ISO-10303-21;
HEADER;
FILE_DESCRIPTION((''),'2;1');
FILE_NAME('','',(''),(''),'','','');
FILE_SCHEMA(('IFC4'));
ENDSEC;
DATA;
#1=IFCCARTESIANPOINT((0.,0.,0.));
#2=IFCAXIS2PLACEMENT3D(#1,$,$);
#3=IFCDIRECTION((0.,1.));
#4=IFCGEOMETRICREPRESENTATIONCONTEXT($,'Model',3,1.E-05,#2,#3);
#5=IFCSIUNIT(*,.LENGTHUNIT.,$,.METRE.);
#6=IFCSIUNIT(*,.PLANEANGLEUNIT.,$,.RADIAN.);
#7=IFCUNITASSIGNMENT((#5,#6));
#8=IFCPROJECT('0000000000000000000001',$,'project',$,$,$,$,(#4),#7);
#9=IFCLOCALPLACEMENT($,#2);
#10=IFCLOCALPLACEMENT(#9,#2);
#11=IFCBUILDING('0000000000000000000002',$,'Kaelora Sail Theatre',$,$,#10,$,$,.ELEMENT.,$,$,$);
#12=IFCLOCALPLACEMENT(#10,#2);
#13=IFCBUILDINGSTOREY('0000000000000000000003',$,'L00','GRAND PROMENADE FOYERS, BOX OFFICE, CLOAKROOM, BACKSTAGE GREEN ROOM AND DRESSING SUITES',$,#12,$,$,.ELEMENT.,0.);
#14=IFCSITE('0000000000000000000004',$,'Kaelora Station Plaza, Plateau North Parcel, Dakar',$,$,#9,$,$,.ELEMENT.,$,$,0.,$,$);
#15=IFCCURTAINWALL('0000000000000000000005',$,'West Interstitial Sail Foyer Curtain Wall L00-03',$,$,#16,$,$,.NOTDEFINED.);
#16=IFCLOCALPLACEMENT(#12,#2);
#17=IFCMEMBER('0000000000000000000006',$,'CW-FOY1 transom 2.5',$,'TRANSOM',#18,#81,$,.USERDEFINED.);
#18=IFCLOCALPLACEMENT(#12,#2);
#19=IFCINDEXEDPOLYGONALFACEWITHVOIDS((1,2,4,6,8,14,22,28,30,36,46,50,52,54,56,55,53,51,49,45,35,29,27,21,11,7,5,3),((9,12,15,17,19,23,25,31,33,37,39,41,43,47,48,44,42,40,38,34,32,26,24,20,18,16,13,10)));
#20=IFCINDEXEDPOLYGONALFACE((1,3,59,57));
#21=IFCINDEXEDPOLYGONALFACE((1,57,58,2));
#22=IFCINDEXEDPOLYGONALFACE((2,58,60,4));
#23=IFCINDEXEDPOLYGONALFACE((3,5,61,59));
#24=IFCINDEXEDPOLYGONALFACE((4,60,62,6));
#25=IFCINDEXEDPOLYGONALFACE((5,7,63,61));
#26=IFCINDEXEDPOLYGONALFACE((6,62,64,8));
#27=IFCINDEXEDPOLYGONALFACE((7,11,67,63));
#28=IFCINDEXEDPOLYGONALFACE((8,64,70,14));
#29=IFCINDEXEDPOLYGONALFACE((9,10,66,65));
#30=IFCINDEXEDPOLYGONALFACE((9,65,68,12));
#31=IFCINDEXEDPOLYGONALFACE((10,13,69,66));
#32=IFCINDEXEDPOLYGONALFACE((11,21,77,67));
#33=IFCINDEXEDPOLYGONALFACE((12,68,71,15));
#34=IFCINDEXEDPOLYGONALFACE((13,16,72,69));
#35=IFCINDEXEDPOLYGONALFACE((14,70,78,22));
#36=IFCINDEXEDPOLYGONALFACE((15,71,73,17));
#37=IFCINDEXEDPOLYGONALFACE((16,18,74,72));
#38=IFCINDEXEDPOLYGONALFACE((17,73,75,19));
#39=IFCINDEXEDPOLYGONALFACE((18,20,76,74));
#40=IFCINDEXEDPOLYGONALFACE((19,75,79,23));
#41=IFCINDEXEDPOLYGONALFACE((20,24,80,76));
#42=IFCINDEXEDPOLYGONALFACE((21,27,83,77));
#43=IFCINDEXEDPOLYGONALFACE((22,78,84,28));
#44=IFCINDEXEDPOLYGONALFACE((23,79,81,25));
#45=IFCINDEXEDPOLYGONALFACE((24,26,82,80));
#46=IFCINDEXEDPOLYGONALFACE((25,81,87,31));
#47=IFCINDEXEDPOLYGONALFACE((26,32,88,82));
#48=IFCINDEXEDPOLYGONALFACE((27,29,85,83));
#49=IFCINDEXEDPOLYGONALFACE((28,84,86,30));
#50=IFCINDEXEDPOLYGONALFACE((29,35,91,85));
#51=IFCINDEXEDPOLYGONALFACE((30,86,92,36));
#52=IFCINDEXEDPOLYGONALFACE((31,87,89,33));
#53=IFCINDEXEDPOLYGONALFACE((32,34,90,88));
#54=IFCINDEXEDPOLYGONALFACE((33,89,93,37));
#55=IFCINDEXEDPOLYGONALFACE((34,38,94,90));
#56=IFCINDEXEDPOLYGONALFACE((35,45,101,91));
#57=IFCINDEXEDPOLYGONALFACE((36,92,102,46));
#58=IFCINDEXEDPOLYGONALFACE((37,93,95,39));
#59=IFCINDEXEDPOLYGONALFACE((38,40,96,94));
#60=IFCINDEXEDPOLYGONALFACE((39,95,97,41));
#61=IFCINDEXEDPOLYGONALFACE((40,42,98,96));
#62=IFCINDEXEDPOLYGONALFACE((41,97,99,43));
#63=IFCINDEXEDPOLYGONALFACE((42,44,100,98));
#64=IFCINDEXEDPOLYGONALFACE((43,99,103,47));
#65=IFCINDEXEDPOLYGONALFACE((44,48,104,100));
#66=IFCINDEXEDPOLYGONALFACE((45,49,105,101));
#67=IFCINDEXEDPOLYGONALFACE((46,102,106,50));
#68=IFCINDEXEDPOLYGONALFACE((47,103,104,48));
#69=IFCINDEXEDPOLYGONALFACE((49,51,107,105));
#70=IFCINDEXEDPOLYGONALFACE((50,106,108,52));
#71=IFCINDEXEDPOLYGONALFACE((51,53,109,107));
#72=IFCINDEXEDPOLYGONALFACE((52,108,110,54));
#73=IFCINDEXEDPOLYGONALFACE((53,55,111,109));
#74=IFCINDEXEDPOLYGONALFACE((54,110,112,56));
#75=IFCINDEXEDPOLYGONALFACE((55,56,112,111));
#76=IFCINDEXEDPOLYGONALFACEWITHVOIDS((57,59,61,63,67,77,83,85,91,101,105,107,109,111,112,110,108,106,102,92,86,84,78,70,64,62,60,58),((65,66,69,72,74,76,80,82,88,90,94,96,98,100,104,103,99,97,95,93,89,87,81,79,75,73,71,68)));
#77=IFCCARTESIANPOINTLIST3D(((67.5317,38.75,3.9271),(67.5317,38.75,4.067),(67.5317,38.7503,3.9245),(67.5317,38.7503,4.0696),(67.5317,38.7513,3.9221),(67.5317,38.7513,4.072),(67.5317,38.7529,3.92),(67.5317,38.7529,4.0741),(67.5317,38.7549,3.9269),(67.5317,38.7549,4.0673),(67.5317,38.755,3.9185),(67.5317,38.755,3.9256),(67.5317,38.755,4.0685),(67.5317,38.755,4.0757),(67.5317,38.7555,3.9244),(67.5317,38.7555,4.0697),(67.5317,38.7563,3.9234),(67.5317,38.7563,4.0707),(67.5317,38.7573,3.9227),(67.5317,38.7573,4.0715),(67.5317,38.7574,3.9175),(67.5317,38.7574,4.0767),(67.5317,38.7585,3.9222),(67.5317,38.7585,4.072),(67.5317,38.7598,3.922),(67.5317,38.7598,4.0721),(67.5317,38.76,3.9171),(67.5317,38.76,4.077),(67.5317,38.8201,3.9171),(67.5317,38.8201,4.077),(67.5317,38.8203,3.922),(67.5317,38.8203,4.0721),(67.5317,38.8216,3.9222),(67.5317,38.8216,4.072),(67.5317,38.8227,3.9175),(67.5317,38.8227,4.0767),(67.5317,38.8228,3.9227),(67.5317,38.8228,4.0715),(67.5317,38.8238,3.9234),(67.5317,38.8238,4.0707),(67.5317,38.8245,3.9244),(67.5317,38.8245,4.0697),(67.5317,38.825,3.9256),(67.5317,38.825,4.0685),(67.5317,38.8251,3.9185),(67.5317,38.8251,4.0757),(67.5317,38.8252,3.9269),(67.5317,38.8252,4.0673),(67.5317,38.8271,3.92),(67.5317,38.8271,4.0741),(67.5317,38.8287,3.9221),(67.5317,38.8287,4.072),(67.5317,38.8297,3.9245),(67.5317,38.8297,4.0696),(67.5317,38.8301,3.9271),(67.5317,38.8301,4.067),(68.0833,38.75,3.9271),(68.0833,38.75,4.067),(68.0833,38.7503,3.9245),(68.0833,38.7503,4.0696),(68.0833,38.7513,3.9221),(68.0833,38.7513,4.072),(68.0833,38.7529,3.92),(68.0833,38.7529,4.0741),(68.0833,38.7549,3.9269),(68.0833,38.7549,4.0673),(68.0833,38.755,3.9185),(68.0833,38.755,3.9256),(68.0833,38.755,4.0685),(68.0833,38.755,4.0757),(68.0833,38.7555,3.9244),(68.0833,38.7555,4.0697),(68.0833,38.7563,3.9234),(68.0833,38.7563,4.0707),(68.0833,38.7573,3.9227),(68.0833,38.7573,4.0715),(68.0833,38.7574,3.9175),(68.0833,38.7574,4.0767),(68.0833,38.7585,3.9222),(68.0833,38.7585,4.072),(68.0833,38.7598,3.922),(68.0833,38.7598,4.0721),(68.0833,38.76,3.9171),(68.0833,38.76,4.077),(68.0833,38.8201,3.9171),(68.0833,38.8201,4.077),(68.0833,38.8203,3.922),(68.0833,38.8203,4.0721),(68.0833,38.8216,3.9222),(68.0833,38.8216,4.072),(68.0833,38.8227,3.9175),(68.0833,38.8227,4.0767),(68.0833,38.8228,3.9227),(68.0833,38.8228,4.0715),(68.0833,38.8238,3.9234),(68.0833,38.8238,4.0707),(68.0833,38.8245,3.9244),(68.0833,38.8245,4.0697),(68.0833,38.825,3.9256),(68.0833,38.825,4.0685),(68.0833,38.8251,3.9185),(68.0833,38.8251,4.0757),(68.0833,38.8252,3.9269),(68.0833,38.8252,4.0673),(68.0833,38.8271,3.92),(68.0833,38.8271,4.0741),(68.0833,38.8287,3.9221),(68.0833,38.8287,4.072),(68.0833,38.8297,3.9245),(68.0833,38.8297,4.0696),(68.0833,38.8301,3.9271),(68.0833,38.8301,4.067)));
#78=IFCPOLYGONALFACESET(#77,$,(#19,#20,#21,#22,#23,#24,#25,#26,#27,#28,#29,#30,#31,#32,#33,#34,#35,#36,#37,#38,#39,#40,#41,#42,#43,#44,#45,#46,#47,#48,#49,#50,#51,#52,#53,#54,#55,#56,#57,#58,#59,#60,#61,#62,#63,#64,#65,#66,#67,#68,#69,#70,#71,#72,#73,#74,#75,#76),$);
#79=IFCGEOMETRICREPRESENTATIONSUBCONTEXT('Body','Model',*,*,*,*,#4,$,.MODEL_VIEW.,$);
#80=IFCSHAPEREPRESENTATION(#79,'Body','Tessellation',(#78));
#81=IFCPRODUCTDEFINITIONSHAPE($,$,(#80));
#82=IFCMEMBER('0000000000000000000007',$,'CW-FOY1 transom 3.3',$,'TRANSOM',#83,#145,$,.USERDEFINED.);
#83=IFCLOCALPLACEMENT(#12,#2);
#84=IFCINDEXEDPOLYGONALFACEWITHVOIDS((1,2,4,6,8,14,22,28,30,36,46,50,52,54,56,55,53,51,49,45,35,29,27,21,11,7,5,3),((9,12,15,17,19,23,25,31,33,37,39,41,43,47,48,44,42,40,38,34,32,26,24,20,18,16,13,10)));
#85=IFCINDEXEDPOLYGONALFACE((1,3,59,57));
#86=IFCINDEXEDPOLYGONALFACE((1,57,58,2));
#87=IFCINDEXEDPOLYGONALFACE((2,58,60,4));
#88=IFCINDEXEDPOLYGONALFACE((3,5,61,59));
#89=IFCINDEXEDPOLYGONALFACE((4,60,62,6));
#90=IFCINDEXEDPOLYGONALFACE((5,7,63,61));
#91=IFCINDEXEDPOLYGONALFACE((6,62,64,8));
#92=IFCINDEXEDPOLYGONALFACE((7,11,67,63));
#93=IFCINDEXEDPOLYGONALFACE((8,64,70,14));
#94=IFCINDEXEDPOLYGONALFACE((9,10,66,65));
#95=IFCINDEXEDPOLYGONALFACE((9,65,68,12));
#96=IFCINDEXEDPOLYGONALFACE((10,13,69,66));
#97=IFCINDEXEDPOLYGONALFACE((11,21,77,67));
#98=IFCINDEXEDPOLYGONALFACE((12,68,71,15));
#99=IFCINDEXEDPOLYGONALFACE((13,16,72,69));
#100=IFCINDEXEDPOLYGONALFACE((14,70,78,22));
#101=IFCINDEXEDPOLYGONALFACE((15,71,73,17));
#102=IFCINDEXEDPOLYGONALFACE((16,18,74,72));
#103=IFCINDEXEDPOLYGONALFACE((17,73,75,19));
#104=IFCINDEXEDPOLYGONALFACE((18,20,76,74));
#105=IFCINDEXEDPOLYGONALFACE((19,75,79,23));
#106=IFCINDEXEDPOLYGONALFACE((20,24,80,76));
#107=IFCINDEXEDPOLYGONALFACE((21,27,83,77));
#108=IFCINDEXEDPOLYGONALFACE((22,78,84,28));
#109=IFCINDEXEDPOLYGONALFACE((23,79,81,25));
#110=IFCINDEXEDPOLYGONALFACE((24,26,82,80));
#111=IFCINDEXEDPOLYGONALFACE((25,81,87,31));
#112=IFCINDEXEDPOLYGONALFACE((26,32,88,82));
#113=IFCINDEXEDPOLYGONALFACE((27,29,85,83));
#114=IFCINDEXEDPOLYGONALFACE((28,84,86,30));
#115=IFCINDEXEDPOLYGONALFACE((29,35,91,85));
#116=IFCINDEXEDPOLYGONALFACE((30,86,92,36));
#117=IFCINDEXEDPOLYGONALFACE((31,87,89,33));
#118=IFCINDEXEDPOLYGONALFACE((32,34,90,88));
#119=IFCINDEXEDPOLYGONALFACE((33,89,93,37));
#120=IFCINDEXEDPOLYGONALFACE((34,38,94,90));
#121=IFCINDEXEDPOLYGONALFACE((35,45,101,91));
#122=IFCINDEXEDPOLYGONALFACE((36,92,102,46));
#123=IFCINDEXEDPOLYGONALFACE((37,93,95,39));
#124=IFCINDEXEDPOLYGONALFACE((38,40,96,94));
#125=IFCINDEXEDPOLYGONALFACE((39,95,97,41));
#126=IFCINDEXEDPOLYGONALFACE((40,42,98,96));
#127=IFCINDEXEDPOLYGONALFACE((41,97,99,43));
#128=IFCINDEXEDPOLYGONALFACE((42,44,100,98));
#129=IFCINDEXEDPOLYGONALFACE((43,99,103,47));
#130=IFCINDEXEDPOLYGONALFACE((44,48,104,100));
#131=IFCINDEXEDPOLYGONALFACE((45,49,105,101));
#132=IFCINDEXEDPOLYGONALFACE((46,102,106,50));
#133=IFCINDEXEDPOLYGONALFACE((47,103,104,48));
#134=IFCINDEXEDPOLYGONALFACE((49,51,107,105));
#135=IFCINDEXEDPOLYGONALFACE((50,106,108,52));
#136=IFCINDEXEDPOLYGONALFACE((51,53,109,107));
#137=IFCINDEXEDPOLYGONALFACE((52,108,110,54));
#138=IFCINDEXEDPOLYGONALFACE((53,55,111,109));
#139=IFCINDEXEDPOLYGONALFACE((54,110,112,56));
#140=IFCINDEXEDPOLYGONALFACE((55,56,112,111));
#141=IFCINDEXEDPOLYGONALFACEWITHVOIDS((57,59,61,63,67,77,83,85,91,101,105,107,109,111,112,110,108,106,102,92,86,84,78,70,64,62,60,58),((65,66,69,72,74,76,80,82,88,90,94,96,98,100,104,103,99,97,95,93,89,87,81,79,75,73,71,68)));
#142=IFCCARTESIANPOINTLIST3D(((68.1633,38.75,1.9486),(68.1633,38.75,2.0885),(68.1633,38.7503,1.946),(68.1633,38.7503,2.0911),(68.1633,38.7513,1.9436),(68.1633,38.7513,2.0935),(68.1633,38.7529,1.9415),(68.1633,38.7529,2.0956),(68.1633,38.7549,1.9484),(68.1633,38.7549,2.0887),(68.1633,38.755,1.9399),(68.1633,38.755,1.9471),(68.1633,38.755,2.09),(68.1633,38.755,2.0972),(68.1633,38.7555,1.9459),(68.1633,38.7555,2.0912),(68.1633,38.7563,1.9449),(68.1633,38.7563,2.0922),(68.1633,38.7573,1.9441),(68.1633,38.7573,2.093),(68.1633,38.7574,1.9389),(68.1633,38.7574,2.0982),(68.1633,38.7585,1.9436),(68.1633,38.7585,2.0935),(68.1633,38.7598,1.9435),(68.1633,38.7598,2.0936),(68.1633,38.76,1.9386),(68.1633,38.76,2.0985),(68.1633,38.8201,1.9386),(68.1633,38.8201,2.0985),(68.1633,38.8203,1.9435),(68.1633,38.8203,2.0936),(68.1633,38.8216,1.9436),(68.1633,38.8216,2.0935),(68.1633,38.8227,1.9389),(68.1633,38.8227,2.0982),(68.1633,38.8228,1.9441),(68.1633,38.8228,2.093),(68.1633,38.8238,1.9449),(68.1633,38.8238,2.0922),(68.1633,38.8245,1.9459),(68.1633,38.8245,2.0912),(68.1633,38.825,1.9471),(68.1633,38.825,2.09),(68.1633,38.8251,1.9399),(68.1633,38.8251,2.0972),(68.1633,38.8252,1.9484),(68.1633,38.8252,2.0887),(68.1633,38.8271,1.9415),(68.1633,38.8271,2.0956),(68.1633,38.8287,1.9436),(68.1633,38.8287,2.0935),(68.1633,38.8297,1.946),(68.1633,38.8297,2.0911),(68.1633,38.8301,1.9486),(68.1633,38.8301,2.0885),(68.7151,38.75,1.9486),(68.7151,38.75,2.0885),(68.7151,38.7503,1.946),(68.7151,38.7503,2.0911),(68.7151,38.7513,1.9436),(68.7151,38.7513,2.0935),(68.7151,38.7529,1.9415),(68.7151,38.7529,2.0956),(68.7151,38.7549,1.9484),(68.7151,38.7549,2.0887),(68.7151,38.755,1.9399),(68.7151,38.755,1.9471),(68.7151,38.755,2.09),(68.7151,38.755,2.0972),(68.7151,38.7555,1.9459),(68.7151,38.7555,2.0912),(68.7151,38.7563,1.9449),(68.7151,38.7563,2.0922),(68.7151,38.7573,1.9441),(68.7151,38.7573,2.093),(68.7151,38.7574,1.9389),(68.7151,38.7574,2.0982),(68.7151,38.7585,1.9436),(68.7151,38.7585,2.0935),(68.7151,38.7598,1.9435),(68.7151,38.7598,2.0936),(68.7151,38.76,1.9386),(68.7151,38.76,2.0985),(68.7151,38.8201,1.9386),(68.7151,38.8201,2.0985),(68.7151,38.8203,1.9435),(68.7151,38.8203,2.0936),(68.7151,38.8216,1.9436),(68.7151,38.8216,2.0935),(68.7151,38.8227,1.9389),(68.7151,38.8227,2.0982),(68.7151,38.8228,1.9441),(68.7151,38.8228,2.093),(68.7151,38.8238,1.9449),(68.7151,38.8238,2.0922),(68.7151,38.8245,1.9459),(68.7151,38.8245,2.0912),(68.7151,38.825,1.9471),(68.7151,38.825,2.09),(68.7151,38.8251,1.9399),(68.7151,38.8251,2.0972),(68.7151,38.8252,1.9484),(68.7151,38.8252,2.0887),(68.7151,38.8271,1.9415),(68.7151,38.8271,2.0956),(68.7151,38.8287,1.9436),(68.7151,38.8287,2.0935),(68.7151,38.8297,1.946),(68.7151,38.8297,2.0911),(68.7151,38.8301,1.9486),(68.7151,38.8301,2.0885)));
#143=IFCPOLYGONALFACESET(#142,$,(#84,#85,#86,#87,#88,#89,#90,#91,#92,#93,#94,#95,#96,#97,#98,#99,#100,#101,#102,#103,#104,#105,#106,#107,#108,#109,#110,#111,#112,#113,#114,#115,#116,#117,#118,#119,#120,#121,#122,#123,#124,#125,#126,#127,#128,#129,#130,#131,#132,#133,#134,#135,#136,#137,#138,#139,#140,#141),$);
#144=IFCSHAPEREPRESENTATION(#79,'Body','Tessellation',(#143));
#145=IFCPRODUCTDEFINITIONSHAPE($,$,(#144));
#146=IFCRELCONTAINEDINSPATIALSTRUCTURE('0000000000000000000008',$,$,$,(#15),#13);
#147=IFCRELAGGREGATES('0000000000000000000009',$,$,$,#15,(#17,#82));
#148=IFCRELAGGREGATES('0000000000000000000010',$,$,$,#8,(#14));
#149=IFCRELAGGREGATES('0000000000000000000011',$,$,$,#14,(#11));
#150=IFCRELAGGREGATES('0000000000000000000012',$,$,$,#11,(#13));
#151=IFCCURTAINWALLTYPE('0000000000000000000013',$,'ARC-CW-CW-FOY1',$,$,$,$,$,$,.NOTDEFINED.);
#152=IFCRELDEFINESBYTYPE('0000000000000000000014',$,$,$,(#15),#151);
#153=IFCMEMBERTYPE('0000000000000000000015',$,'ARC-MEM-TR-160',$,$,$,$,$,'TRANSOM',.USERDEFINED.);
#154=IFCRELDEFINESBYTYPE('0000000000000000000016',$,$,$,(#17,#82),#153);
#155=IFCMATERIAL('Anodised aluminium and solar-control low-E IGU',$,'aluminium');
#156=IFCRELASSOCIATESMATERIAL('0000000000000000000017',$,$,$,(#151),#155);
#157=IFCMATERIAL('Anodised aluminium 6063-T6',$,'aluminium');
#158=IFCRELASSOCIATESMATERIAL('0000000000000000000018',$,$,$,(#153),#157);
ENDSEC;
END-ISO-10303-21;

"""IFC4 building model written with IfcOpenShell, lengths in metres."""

from ifc_helpers import new_model, si_unit, direction, frame, origin, origin_2d, place, context, subcontext, project, spatial, hollow_rectangle, extrude, material, material_profile, profile_set, type_object, element, aggregate, save


model = new_model("IFC4")

# Units and contexts
model_context = context("Model", 3, precision=1e-05, world=origin(), true_north=direction((0.0, 1.0)))
body_context = subcontext(model_context, "Body", "Model", "MODEL_VIEW")
ifc_project = project(units=[si_unit("LENGTHUNIT", "METRE"), si_unit("PLANEANGLEUNIT", "RADIAN")], contexts=[model_context])

# Site, building, storey
site_placement = place(None, origin())
site = spatial("IfcSite", under=ifc_project, at=site_placement, Name="Kaelora Station Plaza, Plateau North Parcel, Dakar", CompositionType="ELEMENT", RefElevation=0.0)
building_placement = place(site_placement, origin())
building = spatial("IfcBuilding", under=site, at=building_placement, Name="Kaelora Sail Theatre", CompositionType="ELEMENT")
storey_placement = place(building_placement, origin())
storey = spatial("IfcBuildingStorey", under=building, at=storey_placement, Name="L00", Description="GRAND PROMENADE FOYERS, BOX OFFICE, CLOAKROOM, BACKSTAGE GREEN ROOM AND DRESSING SUITES", CompositionType="ELEMENT", Elevation=0.0)

# Curtain wall, members
ifc_material_1 = material(Name="Anodised aluminium and solar-control low-E IGU", Category="aluminium")
curtain_wall_type = type_object("IfcCurtainWallType", Name="ARC-CW-CW-FOY1", PredefinedType="NOTDEFINED", material=ifc_material_1)
ifc_material_2 = material(Name="Anodised aluminium 6063-T6", Category="aluminium")
ifc_material_profile = material_profile(ifc_material_2, hollow_rectangle(XDim=0.0801, YDim=0.1599, WallThickness=0.0049, InnerFilletRadius=0.0049, OuterFilletRadius=0.01, at=origin_2d()), Name="ALU-TRAN 80x160x5")
ifc_profile_set = profile_set([ifc_material_profile], Name="Anodised aluminium 6063-T6")
member_type = type_object("IfcMemberType", Name="ARC-MEM-TR-160", ElementType="TRANSOM", PredefinedType="USERDEFINED", material=ifc_profile_set)
curtain_wall_1_placement = place(storey_placement, origin())
curtain_wall_1 = element("IfcCurtainWall", 1, at=curtain_wall_1_placement, inside=storey, type_object=curtain_wall_type, Name="West Interstitial Sail Foyer Curtain Wall L00-03", PredefinedType="NOTDEFINED")
member_1_placement = place(storey_placement, frame((67.5317, 38.79, 3.9971), z_axis=(1.0, 0.0, 0.0), x_axis=(0.0, 1.0, 0.0)))
member_1 = element("IfcMember", 2, at=member_1_placement, type_object=member_type, Name="CW-FOY1 transom 2.5", ObjectType="TRANSOM", PredefinedType="USERDEFINED", context=body_context, shape_type="SweptSolid", body=[
    extrude(hollow_rectangle(XDim=0.0801, YDim=0.1599, WallThickness=0.0049, InnerFilletRadius=0.0049, OuterFilletRadius=0.01, at=origin_2d()), origin(), (0.0, 0.0, 1.0), 0.5515),
])
member_2_placement = place(storey_placement, frame((68.1633, 38.79, 2.0186), z_axis=(1.0, 0.0, 0.0), x_axis=(0.0, 1.0, 0.0)))
member_2 = element("IfcMember", 3, at=member_2_placement, type_object=member_type, Name="CW-FOY1 transom 3.3", ObjectType="TRANSOM", PredefinedType="USERDEFINED", context=body_context, shape_type="SweptSolid", body=[
    extrude(hollow_rectangle(XDim=0.0801, YDim=0.1599, WallThickness=0.0049, InnerFilletRadius=0.0049, OuterFilletRadius=0.01, at=origin_2d()), origin(), (0.0, 0.0, 1.0), 0.5518),
])

aggregate(curtain_wall_1, [member_1, member_2])

save(model, "model.ifc")
